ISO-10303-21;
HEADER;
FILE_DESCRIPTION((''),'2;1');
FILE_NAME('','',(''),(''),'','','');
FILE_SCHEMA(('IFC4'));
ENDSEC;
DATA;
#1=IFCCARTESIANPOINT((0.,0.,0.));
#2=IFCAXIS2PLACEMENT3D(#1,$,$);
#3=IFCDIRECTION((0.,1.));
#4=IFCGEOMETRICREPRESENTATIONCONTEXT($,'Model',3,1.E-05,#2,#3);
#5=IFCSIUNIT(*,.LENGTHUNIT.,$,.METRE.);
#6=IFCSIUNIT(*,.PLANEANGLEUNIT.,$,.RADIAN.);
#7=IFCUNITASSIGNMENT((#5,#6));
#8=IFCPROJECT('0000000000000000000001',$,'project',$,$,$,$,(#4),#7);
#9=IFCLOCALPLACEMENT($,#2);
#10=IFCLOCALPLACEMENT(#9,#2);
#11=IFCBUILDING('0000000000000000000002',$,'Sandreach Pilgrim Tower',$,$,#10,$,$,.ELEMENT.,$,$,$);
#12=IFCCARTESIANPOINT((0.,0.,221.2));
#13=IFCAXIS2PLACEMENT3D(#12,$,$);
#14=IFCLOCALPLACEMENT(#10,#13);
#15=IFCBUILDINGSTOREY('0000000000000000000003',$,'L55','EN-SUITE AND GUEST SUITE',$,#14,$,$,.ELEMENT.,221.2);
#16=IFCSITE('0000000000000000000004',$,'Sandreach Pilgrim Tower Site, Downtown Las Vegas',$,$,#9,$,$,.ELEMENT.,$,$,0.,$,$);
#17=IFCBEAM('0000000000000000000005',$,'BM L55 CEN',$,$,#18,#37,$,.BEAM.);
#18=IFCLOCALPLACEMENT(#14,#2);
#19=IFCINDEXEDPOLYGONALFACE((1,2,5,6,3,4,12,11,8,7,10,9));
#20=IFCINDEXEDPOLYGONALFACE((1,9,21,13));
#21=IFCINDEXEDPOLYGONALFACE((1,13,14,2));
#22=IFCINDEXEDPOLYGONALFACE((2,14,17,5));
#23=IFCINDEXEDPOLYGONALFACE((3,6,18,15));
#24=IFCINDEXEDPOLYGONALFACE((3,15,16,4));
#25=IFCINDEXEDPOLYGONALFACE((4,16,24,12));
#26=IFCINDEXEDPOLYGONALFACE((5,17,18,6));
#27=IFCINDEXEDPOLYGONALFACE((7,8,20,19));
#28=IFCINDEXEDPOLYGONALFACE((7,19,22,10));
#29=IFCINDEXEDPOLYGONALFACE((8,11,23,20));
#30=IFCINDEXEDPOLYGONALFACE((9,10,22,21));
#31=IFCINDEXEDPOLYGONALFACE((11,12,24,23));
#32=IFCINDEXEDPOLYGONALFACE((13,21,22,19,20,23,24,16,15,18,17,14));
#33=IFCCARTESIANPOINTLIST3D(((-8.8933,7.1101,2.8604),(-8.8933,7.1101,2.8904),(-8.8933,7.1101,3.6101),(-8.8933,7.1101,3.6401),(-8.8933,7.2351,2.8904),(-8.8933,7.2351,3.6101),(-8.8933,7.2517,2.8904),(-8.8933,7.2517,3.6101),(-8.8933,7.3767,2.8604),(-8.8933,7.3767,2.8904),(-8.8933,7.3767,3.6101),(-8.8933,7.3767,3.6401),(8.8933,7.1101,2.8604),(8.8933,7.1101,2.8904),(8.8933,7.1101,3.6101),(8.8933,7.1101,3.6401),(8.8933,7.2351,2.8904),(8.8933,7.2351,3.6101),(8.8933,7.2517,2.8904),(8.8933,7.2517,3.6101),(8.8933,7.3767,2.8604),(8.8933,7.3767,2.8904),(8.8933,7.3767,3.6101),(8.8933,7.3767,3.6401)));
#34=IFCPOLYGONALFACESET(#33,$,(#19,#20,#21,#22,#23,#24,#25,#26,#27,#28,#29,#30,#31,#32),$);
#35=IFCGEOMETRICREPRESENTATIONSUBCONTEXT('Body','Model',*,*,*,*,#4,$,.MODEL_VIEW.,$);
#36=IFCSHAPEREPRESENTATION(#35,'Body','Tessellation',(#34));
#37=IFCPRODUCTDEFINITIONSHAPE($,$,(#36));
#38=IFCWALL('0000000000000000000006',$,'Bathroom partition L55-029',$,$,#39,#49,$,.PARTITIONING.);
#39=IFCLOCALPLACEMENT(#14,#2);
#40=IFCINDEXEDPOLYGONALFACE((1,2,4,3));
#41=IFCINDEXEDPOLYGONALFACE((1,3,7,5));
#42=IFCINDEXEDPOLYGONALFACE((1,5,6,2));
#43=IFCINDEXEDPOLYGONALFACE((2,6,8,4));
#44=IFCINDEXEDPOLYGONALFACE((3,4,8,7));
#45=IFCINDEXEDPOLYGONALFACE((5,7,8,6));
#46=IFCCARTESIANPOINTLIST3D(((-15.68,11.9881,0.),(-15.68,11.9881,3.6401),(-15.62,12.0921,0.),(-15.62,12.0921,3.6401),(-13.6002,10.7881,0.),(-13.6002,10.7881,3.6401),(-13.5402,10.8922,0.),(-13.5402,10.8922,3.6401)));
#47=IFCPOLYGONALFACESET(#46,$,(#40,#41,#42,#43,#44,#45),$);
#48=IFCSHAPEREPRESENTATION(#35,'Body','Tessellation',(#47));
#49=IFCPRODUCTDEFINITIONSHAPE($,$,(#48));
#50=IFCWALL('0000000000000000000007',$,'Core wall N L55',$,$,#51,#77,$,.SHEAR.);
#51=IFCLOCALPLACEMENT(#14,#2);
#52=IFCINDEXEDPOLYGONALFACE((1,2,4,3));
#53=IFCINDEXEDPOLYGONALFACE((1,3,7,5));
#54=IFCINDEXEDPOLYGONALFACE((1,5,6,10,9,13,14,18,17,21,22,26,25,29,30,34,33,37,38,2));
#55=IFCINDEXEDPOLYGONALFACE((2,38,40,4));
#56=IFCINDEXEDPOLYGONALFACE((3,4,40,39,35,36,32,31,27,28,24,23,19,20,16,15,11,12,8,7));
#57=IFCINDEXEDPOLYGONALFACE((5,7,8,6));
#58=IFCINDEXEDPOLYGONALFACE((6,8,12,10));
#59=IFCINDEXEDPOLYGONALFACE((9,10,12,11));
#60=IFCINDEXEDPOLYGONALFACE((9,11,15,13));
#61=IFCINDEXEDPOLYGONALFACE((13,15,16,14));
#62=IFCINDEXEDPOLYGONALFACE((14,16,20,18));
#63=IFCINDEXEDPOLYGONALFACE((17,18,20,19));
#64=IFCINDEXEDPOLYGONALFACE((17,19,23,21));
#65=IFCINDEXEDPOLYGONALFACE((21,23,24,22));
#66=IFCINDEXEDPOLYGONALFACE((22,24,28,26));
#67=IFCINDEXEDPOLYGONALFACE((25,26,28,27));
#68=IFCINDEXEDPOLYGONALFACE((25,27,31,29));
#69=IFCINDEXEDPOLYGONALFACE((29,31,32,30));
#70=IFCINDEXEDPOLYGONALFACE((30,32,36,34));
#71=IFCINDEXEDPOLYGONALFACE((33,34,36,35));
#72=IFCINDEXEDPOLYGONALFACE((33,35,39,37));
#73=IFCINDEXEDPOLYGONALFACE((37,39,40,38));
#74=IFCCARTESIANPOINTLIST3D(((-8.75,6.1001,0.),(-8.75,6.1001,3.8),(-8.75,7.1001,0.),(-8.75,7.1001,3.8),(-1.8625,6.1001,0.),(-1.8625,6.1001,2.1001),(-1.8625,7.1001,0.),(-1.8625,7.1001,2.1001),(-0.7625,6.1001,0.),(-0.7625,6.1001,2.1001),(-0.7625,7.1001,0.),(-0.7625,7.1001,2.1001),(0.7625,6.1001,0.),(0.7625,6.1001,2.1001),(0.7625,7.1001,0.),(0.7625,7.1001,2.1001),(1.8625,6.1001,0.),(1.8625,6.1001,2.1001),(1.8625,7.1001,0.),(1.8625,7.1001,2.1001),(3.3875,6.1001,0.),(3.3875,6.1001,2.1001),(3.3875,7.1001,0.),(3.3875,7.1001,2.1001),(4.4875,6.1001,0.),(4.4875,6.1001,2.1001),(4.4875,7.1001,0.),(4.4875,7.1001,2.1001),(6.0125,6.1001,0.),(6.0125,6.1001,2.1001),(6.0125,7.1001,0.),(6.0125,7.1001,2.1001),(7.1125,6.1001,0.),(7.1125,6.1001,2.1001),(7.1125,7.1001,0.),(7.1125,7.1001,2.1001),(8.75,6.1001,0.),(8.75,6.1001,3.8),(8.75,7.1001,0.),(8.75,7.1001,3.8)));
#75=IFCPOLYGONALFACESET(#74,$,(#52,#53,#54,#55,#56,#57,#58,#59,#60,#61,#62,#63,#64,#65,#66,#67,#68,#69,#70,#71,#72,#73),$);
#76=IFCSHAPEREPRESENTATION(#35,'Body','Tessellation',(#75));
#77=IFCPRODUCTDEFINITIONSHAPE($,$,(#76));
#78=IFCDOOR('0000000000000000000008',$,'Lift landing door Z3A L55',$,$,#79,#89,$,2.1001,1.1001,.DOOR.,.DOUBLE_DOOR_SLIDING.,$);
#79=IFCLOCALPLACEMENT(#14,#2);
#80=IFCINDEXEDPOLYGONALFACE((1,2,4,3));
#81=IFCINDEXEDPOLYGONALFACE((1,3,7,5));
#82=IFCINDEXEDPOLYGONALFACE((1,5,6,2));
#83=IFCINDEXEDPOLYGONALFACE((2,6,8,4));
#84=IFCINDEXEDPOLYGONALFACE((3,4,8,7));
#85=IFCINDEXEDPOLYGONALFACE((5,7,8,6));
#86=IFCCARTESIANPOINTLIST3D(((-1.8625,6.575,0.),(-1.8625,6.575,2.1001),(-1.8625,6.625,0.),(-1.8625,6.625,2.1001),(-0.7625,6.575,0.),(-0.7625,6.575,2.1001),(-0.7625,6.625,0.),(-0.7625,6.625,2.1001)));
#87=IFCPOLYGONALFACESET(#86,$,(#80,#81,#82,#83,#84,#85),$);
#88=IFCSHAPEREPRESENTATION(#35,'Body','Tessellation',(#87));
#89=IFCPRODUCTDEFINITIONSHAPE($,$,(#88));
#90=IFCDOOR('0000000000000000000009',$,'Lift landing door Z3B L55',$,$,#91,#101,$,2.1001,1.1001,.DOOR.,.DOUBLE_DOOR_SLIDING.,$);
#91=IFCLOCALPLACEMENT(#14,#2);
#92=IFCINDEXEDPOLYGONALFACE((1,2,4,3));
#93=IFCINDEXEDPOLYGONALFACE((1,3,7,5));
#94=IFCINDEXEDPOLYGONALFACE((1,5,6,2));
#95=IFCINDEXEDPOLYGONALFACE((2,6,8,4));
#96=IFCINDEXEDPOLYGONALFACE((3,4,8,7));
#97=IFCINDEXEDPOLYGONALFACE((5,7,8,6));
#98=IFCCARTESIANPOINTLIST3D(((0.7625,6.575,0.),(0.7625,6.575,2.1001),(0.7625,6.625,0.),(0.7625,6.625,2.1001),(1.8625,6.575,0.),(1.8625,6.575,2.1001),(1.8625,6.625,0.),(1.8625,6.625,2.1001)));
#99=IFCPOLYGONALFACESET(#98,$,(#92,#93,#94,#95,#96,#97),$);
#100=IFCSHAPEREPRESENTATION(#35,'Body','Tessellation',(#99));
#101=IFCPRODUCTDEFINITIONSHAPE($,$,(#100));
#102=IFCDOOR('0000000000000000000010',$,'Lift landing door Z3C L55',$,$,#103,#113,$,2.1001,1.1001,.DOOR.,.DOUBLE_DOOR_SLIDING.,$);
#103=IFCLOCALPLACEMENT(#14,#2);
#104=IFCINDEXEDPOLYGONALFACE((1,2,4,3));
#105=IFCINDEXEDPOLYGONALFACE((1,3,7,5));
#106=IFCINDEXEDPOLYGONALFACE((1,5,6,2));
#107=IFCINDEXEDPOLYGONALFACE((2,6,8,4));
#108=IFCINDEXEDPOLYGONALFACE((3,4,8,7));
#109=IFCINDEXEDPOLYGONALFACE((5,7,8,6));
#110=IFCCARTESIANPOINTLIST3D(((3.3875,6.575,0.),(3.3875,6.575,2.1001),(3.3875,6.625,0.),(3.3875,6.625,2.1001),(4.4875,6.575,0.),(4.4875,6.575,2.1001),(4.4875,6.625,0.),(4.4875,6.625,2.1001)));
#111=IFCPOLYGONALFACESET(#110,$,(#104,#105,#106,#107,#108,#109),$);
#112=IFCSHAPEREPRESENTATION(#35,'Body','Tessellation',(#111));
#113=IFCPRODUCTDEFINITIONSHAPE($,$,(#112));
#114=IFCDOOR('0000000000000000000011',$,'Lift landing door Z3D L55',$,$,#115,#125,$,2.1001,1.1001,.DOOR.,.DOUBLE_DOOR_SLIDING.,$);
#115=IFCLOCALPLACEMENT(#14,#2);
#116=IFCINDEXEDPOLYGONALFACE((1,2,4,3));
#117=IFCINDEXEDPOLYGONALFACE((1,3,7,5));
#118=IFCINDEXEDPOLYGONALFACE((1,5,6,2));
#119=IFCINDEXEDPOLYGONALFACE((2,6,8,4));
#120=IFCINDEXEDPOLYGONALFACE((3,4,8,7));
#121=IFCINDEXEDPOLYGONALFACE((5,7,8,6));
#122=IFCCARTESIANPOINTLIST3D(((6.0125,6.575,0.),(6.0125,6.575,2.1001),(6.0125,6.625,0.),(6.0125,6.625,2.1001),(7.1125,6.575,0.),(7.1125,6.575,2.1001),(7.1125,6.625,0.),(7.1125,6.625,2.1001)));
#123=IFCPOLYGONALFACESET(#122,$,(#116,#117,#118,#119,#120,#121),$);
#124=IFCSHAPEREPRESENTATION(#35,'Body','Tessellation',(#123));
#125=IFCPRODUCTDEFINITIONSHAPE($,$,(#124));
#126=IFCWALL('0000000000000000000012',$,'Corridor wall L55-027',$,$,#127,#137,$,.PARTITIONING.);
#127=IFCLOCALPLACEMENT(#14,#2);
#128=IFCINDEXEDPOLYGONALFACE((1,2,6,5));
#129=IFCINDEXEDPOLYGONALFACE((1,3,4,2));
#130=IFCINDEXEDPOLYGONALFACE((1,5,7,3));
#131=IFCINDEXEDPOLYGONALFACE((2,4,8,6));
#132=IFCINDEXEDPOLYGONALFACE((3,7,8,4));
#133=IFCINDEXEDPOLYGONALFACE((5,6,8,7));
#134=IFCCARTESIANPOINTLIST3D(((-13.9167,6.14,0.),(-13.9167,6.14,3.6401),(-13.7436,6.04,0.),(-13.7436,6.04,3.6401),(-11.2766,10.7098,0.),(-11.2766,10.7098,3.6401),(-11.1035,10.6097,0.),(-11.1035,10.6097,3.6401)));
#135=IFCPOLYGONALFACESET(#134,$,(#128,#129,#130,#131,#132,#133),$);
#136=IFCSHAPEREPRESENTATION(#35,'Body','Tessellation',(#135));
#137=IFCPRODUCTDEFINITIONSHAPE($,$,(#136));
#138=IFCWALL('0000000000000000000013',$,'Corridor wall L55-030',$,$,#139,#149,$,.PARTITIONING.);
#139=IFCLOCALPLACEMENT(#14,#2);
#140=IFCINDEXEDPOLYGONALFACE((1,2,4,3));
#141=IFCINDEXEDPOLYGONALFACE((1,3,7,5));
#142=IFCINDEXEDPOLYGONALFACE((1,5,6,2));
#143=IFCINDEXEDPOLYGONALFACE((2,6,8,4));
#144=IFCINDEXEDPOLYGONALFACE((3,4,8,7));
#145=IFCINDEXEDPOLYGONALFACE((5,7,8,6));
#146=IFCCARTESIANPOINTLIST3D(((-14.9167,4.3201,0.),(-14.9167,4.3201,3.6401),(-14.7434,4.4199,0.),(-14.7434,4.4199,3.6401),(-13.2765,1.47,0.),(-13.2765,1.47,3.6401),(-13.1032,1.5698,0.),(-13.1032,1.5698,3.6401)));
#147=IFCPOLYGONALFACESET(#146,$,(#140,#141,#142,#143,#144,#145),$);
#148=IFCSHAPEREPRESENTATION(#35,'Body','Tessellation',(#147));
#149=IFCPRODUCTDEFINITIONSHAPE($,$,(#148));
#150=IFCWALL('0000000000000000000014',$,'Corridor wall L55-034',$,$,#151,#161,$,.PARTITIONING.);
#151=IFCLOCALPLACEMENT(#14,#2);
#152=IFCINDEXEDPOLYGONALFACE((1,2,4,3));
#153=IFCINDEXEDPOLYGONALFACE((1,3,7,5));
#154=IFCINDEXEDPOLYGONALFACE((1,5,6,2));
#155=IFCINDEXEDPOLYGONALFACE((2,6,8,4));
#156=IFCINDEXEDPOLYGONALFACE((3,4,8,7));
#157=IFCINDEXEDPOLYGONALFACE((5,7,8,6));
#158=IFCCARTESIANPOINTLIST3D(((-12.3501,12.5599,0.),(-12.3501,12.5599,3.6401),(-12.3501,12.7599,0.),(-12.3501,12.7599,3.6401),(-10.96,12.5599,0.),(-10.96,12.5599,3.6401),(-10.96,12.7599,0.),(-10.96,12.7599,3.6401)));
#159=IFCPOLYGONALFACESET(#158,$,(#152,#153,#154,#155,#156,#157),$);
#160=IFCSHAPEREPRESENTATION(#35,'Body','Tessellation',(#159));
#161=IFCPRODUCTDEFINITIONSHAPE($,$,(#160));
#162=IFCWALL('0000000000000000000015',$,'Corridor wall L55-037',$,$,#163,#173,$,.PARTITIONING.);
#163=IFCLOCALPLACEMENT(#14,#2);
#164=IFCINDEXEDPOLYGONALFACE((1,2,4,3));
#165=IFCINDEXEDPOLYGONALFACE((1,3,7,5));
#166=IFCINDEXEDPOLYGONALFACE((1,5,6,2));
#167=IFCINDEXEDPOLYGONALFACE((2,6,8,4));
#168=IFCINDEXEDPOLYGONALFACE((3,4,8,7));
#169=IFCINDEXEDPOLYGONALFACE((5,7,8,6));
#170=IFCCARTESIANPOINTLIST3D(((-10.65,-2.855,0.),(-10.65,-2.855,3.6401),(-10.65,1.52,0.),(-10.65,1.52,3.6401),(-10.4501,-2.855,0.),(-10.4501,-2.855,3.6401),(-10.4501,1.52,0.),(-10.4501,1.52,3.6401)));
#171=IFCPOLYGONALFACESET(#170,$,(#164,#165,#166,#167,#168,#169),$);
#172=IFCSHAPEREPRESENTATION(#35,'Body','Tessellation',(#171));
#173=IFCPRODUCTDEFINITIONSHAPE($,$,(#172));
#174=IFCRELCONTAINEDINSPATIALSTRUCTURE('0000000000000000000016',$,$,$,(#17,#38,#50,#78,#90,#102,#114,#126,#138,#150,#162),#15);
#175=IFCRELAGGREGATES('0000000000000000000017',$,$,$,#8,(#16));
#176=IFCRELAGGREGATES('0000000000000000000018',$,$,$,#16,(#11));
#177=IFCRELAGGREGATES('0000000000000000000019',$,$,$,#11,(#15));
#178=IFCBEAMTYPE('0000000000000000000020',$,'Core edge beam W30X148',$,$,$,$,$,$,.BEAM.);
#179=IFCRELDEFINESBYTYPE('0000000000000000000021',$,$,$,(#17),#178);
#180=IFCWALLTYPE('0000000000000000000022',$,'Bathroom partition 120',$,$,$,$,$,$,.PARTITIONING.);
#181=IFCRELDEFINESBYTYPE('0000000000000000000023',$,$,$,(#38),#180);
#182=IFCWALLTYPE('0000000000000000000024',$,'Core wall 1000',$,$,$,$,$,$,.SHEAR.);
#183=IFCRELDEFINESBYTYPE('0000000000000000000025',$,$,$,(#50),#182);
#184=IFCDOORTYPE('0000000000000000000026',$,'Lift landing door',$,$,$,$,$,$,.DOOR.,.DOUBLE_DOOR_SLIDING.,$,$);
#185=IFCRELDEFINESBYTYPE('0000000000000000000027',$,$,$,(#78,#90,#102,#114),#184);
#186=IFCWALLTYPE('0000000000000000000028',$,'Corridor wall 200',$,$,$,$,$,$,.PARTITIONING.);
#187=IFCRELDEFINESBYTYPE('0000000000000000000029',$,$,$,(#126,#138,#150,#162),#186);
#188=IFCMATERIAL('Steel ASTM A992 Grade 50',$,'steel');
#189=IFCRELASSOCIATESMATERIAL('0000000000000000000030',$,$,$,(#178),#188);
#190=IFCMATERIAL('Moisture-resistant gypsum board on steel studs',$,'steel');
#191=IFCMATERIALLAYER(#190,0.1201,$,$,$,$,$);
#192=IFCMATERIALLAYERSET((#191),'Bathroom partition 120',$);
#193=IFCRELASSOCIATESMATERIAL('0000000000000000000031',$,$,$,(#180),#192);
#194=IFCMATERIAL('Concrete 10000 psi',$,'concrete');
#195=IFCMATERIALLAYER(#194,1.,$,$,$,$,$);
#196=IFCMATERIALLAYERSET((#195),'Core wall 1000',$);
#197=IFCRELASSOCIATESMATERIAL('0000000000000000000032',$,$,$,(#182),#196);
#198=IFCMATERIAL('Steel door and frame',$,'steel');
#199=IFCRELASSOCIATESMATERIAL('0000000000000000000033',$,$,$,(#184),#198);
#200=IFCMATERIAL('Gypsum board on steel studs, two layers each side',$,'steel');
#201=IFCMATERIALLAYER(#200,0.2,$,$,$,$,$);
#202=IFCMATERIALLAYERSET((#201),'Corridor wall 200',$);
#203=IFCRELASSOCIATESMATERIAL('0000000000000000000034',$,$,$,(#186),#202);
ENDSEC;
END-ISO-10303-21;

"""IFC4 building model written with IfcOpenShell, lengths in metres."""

from ifc_helpers import new_model, si_unit, direction, frame, frame_2d, origin, origin_2d, place, context, subcontext, project, spatial, rectangle, i_section, extrude, material, layer, layer_set, material_profile, profile_set, type_object, element, fill, save


model = new_model("IFC4")

# Units and contexts
model_context = context("Model", 3, precision=1e-05, world=origin(), true_north=direction((0.0, 1.0)))
body_context = subcontext(model_context, "Body", "Model", "MODEL_VIEW")
ifc_project = project(units=[si_unit("LENGTHUNIT", "METRE"), si_unit("PLANEANGLEUNIT", "RADIAN")], contexts=[model_context])

# Site, building, storey
site_placement = place(None, origin())
site = spatial("IfcSite", under=ifc_project, at=site_placement, Name="Sandreach Pilgrim Tower Site, Downtown Las Vegas", CompositionType="ELEMENT", RefElevation=0.0)
building_placement = place(site_placement, origin())
building = spatial("IfcBuilding", under=site, at=building_placement, Name="Sandreach Pilgrim Tower", CompositionType="ELEMENT")
storey_placement = place(building_placement, frame((0.0, 0.0, 221.2)))
storey = spatial("IfcBuildingStorey", under=building, at=storey_placement, Name="L55", Description="EN-SUITE AND GUEST SUITE", CompositionType="ELEMENT", Elevation=221.2)

# Beam
ifc_material_1 = material(Name="Steel ASTM A992 Grade 50", Category="steel")
ifc_material_profile = material_profile(ifc_material_1, i_section(OverallWidth=0.2666, OverallDepth=0.7798, WebThickness=0.0166, FlangeThickness=0.03, at=origin_2d()), Name="W30X148")
ifc_profile_set = profile_set([ifc_material_profile], Name="Steel ASTM A992 Grade 50")
beam_type = type_object("IfcBeamType", Name="Core edge beam W30X148", PredefinedType="BEAM", material=ifc_profile_set)
beam_placement = place(storey_placement, frame((-8.8933, 7.2434, 3.2502), z_axis=(1.0, 0.0, 0.0), x_axis=(0.0, 1.0, 0.0)))
element("IfcBeam", 1, at=beam_placement, inside=storey, type_object=beam_type, Name="BM L55 CEN", PredefinedType="BEAM", context=body_context, shape_type="SweptSolid", body=[
    extrude(i_section(OverallWidth=0.2666, OverallDepth=0.7798, WebThickness=0.0166, FlangeThickness=0.03, at=origin_2d()), origin(), (0.0, 0.0, 1.0), 17.7866),
])

# Wall
ifc_material_2 = material(Name="Moisture-resistant gypsum board on steel studs", Category="steel")
ifc_layer_1 = layer(ifc_material_2, 0.1201)
ifc_layer_set_1 = layer_set([ifc_layer_1], Name="Bathroom partition 120")
wall_type_1 = type_object("IfcWallType", Name="Bathroom partition 120", PredefinedType="PARTITIONING", material=ifc_layer_set_1)
wall_1_placement = place(storey_placement, frame((-13.5701, 10.8401, 0.0), z_axis=(0.0, 0.0, 1.0), x_axis=(-0.866177, 0.499737, 0.0)))
element("IfcWall", 2, at=wall_1_placement, inside=storey, type_object=wall_type_1, Name="Bathroom partition L55-029", PredefinedType="PARTITIONING", context=body_context, shape_type="SweptSolid", body=[
    extrude(rectangle(XDim=2.4011, YDim=0.1201, at=frame_2d((1.2007, 0.0))), origin(), (0.0, 0.0, 1.0), 3.6401),
])

# Wall, openings, doors
ifc_material_3 = material(Name="Concrete 10000 psi", Category="concrete")
ifc_layer_2 = layer(ifc_material_3, 1.0)
ifc_layer_set_2 = layer_set([ifc_layer_2], Name="Core wall 1000")
wall_type_2 = type_object("IfcWallType", Name="Core wall 1000", PredefinedType="SHEAR", material=ifc_layer_set_2)
wall_2_placement = place(storey_placement, frame((-8.75, 6.6001, 0.0), z_axis=(0.0, 0.0, 1.0), x_axis=(1.0, 0.0, 0.0)))
wall_2 = element("IfcWall", 3, at=wall_2_placement, inside=storey, type_object=wall_type_2, Name="Core wall N L55", PredefinedType="SHEAR", context=body_context, shape_type="SweptSolid", body=[
    extrude(rectangle(XDim=17.5, YDim=1.0, at=frame_2d((8.75, 0.0))), origin(), (0.0, 0.0, 1.0), 3.8),
])
opening_1_placement = place(wall_2_placement, frame((6.8875, 0.0, 0.0)))
opening_1 = element("IfcOpeningElement", 4, at=opening_1_placement, cuts=wall_2, PredefinedType="OPENING", context=body_context, shape_type="SweptSolid", body=[
    extrude(rectangle(XDim=1.1001, YDim=2.1001, at=frame_2d((0.55, 1.05))), frame((0.0, 0.5, 0.0), z_axis=(0.0, -1.0, 0.0), x_axis=(1.0, 0.0, 0.0)), (0.0, 0.0, 1.0), 1.0),
])
opening_2_placement = place(wall_2_placement, frame((9.5125, 0.0, 0.0)))
opening_2 = element("IfcOpeningElement", 5, at=opening_2_placement, cuts=wall_2, PredefinedType="OPENING", context=body_context, shape_type="SweptSolid", body=[
    extrude(rectangle(XDim=1.1001, YDim=2.1001, at=frame_2d((0.55, 1.05))), frame((0.0, 0.5, 0.0), z_axis=(0.0, -1.0, 0.0), x_axis=(1.0, 0.0, 0.0)), (0.0, 0.0, 1.0), 1.0),
])
opening_3_placement = place(wall_2_placement, frame((12.1375, 0.0, 0.0)))
opening_3 = element("IfcOpeningElement", 6, at=opening_3_placement, cuts=wall_2, PredefinedType="OPENING", context=body_context, shape_type="SweptSolid", body=[
    extrude(rectangle(XDim=1.1001, YDim=2.1001, at=frame_2d((0.55, 1.05))), frame((0.0, 0.5, 0.0), z_axis=(0.0, -1.0, 0.0), x_axis=(1.0, 0.0, 0.0)), (0.0, 0.0, 1.0), 1.0),
])
opening_4_placement = place(wall_2_placement, frame((14.7625, 0.0, 0.0)))
opening_4 = element("IfcOpeningElement", 7, at=opening_4_placement, cuts=wall_2, PredefinedType="OPENING", context=body_context, shape_type="SweptSolid", body=[
    extrude(rectangle(XDim=1.1001, YDim=2.1001, at=frame_2d((0.55, 1.05))), frame((0.0, 0.5, 0.0), z_axis=(0.0, -1.0, 0.0), x_axis=(1.0, 0.0, 0.0)), (0.0, 0.0, 1.0), 1.0),
])
ifc_material_4 = material(Name="Steel door and frame", Category="steel")
door_type_1 = type_object("IfcDoorType", Name="Lift landing door", OperationType="DOUBLE_DOOR_SLIDING", PredefinedType="DOOR", material=ifc_material_4)
door_1_placement = place(opening_1_placement, origin())
door_1 = element("IfcDoor", 8, at=door_1_placement, inside=storey, type_object=door_type_1, Name="Lift landing door Z3A L55", OperationType="DOUBLE_DOOR_SLIDING", OverallHeight=2.1001, OverallWidth=1.1001, PredefinedType="DOOR", context=body_context, shape_type="SweptSolid", body=[
    extrude(rectangle(XDim=1.1001, YDim=2.1001, at=frame_2d((0.55, 1.05))), frame((0.0, 0.0249, 0.0), z_axis=(0.0, -1.0, 0.0), x_axis=(1.0, 0.0, 0.0)), (0.0, 0.0, 1.0), 0.05),
])
fill(opening_1, door_1)
door_2_placement = place(opening_2_placement, origin())
door_2 = element("IfcDoor", 9, at=door_2_placement, inside=storey, type_object=door_type_1, Name="Lift landing door Z3B L55", OperationType="DOUBLE_DOOR_SLIDING", OverallHeight=2.1001, OverallWidth=1.1001, PredefinedType="DOOR", context=body_context, shape_type="SweptSolid", body=[
    extrude(rectangle(XDim=1.1001, YDim=2.1001, at=frame_2d((0.55, 1.05))), frame((0.0, 0.0249, 0.0), z_axis=(0.0, -1.0, 0.0), x_axis=(1.0, 0.0, 0.0)), (0.0, 0.0, 1.0), 0.05),
])
fill(opening_2, door_2)
door_3_placement = place(opening_3_placement, origin())
door_3 = element("IfcDoor", 10, at=door_3_placement, inside=storey, type_object=door_type_1, Name="Lift landing door Z3C L55", OperationType="DOUBLE_DOOR_SLIDING", OverallHeight=2.1001, OverallWidth=1.1001, PredefinedType="DOOR", context=body_context, shape_type="SweptSolid", body=[
    extrude(rectangle(XDim=1.1001, YDim=2.1001, at=frame_2d((0.55, 1.05))), frame((0.0, 0.0249, 0.0), z_axis=(0.0, -1.0, 0.0), x_axis=(1.0, 0.0, 0.0)), (0.0, 0.0, 1.0), 0.05),
])
fill(opening_3, door_3)
door_4_placement = place(opening_4_placement, origin())
door_4 = element("IfcDoor", 11, at=door_4_placement, inside=storey, type_object=door_type_1, Name="Lift landing door Z3D L55", OperationType="DOUBLE_DOOR_SLIDING", OverallHeight=2.1001, OverallWidth=1.1001, PredefinedType="DOOR", context=body_context, shape_type="SweptSolid", body=[
    extrude(rectangle(XDim=1.1001, YDim=2.1001, at=frame_2d((0.55, 1.05))), frame((0.0, 0.0249, 0.0), z_axis=(0.0, -1.0, 0.0), x_axis=(1.0, 0.0, 0.0)), (0.0, 0.0, 1.0), 0.05),
])
fill(opening_4, door_4)

# Shared definitions
ifc_material_5 = material(Name="Gypsum board on steel studs, two layers each side", Category="steel")
ifc_layer_3 = layer(ifc_material_5, 0.2)
ifc_layer_set_3 = layer_set([ifc_layer_3], Name="Corridor wall 200")
wall_type_3 = type_object("IfcWallType", Name="Corridor wall 200", PredefinedType="PARTITIONING", material=ifc_layer_set_3)

# Walls
wall_3_placement = place(storey_placement, frame((-13.8301, 6.0901, 0.0), z_axis=(0.0, 0.0, 1.0), x_axis=(0.500248, 0.865882, 0.0)))
element("IfcWall", 12, at=wall_3_placement, inside=storey, type_object=wall_type_3, Name="Corridor wall L55-027", PredefinedType="PARTITIONING", context=body_context, shape_type="SweptSolid", body=[
    extrude(rectangle(XDim=5.2776, YDim=0.2, at=frame_2d((2.6387, 0.0))), origin(), (0.0, 0.0, 1.0), 3.6401),
])
wall_4_placement = place(storey_placement, frame((-13.1899, 1.52, 0.0), z_axis=(0.0, 0.0, 1.0), x_axis=(-0.498775, 0.866731, 0.0)))
element("IfcWall", 13, at=wall_4_placement, inside=storey, type_object=wall_type_3, Name="Corridor wall L55-030", PredefinedType="PARTITIONING", context=body_context, shape_type="SweptSolid", body=[
    extrude(rectangle(XDim=3.2883, YDim=0.2, at=frame_2d((1.644, 0.0))), origin(), (0.0, 0.0, 1.0), 3.6401),
])

# Walls
wall_5_placement = place(storey_placement, frame((-10.96, 12.6599, 0.0), z_axis=(0.0, 0.0, 1.0), x_axis=(-1.0, 0.0, 0.0)))
element("IfcWall", 14, at=wall_5_placement, inside=storey, type_object=wall_type_3, Name="Corridor wall L55-034", PredefinedType="PARTITIONING", context=body_context, shape_type="SweptSolid", body=[
    extrude(rectangle(XDim=1.3901, YDim=0.2, at=frame_2d((0.6951, 0.0))), origin(), (0.0, 0.0, 1.0), 3.6401),
])
wall_6_placement = place(storey_placement, frame((-10.55, 1.52, 0.0), z_axis=(0.0, 0.0, 1.0), x_axis=(0.0, -1.0, 0.0)))
element("IfcWall", 15, at=wall_6_placement, inside=storey, type_object=wall_type_3, Name="Corridor wall L55-037", PredefinedType="PARTITIONING", context=body_context, shape_type="SweptSolid", body=[
    extrude(rectangle(XDim=4.375, YDim=0.2, at=frame_2d((2.1875, 0.0))), origin(), (0.0, 0.0, 1.0), 3.6401),
])

save(model, "model.ifc")
